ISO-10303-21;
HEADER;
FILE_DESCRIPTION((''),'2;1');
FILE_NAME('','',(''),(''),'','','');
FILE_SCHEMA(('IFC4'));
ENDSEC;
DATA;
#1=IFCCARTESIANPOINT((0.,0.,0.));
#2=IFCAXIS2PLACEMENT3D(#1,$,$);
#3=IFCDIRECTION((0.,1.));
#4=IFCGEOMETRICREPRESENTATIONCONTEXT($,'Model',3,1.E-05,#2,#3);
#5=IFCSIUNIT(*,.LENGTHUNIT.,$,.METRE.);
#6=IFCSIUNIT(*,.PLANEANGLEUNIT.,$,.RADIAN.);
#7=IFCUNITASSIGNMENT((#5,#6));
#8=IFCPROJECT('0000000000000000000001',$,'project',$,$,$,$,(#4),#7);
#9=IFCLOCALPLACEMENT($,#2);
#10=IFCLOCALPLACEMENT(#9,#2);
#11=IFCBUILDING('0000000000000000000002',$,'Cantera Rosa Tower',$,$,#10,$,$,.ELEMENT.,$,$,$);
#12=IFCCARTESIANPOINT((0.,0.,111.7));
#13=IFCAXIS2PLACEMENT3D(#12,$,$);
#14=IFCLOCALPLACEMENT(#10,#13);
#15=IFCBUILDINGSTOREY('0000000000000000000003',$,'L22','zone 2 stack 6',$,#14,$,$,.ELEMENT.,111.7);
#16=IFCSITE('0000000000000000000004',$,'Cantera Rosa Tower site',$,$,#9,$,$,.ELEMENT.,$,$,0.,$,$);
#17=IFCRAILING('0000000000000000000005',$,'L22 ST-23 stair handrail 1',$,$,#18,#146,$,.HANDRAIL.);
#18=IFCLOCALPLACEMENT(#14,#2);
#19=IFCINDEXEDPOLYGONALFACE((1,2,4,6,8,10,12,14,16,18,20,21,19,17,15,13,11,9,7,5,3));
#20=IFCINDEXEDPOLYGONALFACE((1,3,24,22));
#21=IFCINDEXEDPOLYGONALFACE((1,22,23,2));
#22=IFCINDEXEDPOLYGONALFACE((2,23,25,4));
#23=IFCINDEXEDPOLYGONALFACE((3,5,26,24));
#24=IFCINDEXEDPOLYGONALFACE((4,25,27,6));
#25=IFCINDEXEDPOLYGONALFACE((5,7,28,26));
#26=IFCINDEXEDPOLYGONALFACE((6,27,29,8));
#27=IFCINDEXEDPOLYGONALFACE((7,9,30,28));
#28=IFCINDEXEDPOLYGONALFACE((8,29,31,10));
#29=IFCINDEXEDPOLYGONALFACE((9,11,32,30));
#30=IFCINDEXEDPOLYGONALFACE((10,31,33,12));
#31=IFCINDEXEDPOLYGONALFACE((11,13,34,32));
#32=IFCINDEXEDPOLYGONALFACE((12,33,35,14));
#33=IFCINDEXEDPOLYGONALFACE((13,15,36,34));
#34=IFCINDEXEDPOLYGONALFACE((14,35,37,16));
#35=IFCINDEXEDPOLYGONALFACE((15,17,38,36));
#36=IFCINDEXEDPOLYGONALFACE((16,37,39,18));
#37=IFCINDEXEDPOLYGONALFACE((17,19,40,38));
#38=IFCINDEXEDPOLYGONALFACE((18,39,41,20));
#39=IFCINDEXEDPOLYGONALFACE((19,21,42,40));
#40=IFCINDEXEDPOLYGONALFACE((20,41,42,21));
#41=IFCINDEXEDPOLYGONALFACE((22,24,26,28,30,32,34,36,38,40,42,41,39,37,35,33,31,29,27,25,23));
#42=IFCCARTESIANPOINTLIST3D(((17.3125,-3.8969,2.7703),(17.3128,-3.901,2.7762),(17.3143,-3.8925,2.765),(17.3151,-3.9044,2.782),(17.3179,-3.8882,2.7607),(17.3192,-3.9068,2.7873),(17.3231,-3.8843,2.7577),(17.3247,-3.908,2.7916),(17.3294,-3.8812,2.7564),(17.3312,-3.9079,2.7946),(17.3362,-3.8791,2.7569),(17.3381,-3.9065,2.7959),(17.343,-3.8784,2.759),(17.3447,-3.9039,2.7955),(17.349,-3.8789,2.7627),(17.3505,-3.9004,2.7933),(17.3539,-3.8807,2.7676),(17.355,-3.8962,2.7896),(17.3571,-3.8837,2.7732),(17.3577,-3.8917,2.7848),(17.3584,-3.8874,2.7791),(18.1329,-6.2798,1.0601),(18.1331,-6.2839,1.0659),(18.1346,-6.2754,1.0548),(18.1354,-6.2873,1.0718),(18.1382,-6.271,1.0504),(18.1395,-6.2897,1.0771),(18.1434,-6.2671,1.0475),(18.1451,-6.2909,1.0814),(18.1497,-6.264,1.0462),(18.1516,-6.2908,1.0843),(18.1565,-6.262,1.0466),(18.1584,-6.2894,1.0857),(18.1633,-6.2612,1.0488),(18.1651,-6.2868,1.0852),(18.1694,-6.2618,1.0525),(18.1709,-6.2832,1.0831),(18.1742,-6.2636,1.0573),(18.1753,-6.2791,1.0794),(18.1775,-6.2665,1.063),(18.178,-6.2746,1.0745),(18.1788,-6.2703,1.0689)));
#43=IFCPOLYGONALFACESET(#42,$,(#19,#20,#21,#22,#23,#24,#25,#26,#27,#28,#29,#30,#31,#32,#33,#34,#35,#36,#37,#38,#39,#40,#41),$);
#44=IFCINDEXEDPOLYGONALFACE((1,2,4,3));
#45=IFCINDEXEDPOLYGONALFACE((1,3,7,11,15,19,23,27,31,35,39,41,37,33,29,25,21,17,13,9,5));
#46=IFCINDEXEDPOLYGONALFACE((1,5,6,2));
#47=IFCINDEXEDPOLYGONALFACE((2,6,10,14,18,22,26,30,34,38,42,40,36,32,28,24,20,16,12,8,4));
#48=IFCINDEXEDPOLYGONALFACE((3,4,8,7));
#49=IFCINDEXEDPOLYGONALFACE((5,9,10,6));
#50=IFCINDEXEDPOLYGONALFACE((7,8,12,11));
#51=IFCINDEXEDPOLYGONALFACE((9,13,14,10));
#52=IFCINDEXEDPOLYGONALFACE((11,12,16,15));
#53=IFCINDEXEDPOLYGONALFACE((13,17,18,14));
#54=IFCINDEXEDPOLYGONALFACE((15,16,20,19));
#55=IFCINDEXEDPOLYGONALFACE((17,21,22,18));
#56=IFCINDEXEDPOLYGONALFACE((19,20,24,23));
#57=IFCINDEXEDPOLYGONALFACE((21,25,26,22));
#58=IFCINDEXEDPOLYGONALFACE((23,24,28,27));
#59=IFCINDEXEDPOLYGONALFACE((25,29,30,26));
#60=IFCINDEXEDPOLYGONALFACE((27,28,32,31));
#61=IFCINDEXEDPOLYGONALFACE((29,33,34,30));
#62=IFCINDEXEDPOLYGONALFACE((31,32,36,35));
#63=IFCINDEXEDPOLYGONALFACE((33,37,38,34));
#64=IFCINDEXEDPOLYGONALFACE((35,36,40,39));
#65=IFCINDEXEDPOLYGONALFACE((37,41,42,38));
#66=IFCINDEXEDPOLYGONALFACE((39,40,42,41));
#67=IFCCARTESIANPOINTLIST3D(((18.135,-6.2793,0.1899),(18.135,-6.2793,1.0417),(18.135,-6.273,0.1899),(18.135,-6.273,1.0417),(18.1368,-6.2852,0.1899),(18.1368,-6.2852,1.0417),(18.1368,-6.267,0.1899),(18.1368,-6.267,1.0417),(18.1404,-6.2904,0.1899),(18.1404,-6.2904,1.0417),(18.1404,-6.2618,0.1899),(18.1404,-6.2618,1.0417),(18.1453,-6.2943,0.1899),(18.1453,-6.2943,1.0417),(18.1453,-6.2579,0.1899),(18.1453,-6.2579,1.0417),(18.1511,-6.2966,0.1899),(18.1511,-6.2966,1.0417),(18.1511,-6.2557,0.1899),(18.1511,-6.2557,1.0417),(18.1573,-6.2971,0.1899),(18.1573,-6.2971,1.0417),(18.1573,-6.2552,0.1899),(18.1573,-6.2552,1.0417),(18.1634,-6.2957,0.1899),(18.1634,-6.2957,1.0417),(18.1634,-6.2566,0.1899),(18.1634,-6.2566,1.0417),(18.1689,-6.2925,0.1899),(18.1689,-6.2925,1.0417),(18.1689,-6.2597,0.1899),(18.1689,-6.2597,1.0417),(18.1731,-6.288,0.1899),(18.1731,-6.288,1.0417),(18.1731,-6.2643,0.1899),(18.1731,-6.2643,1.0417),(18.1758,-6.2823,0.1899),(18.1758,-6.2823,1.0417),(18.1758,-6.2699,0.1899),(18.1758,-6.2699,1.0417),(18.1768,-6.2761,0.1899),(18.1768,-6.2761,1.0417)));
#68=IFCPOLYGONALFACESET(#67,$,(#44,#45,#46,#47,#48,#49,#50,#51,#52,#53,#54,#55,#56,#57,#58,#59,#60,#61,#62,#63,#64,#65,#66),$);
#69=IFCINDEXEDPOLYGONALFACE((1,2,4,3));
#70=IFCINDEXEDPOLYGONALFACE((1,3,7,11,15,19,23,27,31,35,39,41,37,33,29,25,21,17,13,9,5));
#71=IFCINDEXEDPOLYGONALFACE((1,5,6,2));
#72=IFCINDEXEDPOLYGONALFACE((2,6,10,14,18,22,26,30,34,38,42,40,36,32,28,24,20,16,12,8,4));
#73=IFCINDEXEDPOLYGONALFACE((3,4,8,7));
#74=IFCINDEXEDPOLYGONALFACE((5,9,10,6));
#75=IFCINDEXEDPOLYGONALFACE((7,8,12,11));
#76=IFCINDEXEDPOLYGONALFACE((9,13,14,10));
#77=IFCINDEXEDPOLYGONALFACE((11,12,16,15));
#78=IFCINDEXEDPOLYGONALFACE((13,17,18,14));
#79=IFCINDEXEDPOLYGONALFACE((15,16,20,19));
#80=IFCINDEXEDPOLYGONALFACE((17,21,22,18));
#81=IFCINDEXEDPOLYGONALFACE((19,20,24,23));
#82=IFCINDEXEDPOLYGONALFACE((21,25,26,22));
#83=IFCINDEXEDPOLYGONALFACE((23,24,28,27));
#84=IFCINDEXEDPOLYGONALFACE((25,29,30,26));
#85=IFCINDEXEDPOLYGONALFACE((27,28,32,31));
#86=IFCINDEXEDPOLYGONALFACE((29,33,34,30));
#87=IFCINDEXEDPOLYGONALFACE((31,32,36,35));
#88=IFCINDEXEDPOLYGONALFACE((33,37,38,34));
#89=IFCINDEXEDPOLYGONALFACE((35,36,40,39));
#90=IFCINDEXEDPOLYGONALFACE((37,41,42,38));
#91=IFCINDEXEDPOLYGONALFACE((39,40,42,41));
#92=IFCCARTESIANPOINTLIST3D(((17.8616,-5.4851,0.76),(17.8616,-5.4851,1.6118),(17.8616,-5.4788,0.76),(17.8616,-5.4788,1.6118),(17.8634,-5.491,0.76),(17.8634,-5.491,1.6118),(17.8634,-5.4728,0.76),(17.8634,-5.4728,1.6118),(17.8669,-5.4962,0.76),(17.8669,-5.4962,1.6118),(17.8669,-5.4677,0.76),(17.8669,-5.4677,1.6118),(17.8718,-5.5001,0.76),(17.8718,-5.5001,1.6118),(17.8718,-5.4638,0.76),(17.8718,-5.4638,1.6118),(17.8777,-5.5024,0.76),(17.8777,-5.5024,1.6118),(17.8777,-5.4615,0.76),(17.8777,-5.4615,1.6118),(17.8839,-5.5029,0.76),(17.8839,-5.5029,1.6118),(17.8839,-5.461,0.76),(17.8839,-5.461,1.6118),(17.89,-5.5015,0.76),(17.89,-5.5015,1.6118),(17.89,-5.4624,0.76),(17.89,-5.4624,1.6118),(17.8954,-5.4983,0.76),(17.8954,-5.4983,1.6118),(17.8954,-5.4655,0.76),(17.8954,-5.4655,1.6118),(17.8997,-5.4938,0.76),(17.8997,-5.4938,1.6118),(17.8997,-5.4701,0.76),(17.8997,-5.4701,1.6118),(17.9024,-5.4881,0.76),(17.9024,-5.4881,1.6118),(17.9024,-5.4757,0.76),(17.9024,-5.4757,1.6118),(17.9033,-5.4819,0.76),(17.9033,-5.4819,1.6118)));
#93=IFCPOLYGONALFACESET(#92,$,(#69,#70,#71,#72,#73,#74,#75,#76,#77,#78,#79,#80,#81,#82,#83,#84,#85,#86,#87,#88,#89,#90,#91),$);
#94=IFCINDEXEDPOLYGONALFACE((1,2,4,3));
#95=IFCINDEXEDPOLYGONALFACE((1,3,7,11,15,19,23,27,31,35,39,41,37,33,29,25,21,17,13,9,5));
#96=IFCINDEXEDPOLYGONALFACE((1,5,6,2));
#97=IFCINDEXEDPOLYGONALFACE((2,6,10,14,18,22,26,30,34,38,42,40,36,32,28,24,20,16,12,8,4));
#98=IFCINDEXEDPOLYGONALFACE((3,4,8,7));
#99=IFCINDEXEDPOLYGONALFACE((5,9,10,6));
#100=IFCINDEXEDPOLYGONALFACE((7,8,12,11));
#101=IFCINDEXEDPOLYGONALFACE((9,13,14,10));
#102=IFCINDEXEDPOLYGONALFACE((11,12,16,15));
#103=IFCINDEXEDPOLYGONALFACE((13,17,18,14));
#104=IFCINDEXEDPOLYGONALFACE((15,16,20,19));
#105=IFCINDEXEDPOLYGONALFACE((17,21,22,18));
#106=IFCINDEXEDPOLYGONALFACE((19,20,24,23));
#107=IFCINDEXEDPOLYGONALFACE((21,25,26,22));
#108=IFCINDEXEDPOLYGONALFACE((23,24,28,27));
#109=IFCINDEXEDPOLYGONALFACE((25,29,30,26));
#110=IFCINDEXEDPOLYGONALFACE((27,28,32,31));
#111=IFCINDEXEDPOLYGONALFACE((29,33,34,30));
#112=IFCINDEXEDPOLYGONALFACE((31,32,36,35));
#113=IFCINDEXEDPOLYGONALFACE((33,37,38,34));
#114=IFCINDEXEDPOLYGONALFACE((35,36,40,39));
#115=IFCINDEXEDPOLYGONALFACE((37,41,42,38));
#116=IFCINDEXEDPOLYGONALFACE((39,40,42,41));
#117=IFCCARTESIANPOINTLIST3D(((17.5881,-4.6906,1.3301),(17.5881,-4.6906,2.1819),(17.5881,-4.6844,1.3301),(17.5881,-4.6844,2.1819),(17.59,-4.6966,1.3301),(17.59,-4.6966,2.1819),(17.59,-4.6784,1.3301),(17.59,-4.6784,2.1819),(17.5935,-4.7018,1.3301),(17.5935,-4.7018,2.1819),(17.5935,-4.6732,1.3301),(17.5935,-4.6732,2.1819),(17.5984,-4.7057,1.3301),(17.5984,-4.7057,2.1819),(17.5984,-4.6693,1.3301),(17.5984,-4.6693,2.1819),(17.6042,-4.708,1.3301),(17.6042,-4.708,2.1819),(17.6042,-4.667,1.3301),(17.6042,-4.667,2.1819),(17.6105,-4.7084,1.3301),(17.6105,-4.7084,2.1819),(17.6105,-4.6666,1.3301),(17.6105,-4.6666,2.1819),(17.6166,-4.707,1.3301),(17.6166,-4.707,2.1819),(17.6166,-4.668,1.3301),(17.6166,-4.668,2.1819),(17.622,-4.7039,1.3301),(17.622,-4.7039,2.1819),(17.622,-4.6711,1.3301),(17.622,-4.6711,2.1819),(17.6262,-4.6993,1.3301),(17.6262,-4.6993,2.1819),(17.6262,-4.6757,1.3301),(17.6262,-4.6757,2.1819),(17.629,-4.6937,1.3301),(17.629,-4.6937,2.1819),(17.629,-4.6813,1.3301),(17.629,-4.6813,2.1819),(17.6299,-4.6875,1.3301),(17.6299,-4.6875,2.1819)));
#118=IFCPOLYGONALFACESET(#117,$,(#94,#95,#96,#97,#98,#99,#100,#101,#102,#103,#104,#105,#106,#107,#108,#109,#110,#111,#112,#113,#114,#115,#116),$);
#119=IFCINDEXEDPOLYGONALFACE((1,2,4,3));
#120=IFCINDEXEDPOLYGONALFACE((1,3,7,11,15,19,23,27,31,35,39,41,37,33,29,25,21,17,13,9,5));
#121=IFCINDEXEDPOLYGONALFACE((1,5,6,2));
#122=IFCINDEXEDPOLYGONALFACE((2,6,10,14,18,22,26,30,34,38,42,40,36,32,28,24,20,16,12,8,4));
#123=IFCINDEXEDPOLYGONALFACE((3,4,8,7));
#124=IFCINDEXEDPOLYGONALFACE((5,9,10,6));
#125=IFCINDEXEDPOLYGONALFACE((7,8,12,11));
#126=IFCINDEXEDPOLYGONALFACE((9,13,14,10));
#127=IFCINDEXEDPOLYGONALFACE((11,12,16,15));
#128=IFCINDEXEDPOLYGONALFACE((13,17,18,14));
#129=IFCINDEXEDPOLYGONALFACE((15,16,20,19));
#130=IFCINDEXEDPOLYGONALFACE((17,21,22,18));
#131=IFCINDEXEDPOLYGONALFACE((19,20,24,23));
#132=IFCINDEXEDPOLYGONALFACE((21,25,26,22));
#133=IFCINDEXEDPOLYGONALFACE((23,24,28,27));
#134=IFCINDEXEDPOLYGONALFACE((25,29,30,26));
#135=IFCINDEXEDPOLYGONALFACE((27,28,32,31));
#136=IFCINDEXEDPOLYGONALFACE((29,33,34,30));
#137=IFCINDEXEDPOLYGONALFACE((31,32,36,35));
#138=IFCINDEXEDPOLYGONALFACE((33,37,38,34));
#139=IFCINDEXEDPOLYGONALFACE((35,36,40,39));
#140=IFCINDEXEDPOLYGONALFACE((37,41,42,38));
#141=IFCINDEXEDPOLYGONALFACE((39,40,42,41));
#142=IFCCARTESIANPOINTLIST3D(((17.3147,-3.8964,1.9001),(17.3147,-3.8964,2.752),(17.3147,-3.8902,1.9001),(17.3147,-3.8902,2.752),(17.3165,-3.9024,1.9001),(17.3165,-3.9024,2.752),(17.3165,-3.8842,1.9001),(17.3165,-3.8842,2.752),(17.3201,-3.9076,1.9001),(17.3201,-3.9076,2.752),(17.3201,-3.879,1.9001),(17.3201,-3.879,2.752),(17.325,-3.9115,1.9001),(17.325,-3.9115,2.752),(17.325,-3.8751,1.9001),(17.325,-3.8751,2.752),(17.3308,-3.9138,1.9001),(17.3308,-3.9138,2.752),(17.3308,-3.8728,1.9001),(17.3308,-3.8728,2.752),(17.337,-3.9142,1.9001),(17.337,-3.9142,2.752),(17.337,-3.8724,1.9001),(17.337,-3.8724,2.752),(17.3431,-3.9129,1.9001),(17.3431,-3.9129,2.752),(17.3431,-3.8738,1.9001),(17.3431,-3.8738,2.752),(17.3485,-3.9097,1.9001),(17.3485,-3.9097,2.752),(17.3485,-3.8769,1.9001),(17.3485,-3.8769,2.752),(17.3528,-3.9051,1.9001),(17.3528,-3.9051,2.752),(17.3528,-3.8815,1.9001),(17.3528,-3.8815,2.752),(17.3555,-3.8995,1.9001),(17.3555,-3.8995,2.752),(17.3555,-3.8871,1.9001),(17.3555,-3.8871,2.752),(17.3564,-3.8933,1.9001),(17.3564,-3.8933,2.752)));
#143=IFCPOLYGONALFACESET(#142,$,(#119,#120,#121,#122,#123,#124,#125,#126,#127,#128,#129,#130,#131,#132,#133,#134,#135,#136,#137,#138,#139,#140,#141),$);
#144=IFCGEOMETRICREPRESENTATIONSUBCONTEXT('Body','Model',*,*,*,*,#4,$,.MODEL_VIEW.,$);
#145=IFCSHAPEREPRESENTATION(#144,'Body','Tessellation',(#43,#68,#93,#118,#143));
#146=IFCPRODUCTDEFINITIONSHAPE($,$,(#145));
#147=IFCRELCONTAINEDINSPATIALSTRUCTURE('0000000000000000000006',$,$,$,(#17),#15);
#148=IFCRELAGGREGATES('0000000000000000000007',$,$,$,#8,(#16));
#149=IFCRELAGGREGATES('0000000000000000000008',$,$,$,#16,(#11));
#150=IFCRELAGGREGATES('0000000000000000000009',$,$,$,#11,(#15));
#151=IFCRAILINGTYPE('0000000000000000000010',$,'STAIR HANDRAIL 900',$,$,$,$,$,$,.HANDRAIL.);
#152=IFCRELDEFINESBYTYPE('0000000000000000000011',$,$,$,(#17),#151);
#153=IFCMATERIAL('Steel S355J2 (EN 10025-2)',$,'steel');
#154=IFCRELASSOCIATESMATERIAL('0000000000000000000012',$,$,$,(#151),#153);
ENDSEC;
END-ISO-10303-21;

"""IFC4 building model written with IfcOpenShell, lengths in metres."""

from ifc_helpers import new_model, si_unit, direction, frame, origin, origin_2d, place, context, subcontext, project, spatial, circle, extrude, material, type_object, element, save


model = new_model("IFC4")

# Units and contexts
model_context = context("Model", 3, precision=1e-05, world=origin(), true_north=direction((0.0, 1.0)))
body_context = subcontext(model_context, "Body", "Model", "MODEL_VIEW")
ifc_project = project(units=[si_unit("LENGTHUNIT", "METRE"), si_unit("PLANEANGLEUNIT", "RADIAN")], contexts=[model_context])

# Site, building, storey
site_placement = place(None, origin())
site = spatial("IfcSite", under=ifc_project, at=site_placement, Name="Cantera Rosa Tower site", CompositionType="ELEMENT", RefElevation=0.0)
building_placement = place(site_placement, origin())
building = spatial("IfcBuilding", under=site, at=building_placement, Name="Cantera Rosa Tower", CompositionType="ELEMENT")
storey_placement = place(building_placement, frame((0.0, 0.0, 111.7)))
storey = spatial("IfcBuildingStorey", under=building, at=storey_placement, Name="L22", Description="zone 2 stack 6", CompositionType="ELEMENT", Elevation=111.7)

# Railing
ifc_material_1 = material(Name="Steel S355J2 (EN 10025-2)", Category="steel")
railing_type_1 = type_object("IfcRailingType", Name="STAIR HANDRAIL 900", PredefinedType="HANDRAIL", material=ifc_material_1)
railing_1_placement = place(storey_placement, frame((18.1558, -6.2761, 0.1899)))
element("IfcRailing", 1, at=railing_1_placement, inside=storey, type_object=railing_type_1, Name="L22 ST-23 stair handrail 1", PredefinedType="HANDRAIL", context=body_context, shape_type="SweptSolid", body=[
    extrude(circle(Radius=0.0239, at=origin_2d()), frame((0.0, 0.0, 0.876), z_axis=(-0.269346, 0.782386, 0.561538), x_axis=(-0.945538, -0.325513, 0.0)), (0.0, 0.0, 1.0), 3.0457),
    extrude(circle(Radius=0.021, at=origin_2d()), origin(), (0.0, 0.0, 1.0), 0.8518),
    extrude(circle(Radius=0.021, at=origin_2d()), frame((-0.2734, 0.7942, 0.5701)), (0.0, 0.0, 1.0), 0.8518),
    extrude(circle(Radius=0.021, at=origin_2d()), frame((-0.5469, 1.5886, 1.1401)), (0.0, 0.0, 1.0), 0.8518),
    extrude(circle(Radius=0.021, at=origin_2d()), frame((-0.8203, 2.3828, 1.7102)), (0.0, 0.0, 1.0), 0.8518),
])

save(model, "model.ifc")
